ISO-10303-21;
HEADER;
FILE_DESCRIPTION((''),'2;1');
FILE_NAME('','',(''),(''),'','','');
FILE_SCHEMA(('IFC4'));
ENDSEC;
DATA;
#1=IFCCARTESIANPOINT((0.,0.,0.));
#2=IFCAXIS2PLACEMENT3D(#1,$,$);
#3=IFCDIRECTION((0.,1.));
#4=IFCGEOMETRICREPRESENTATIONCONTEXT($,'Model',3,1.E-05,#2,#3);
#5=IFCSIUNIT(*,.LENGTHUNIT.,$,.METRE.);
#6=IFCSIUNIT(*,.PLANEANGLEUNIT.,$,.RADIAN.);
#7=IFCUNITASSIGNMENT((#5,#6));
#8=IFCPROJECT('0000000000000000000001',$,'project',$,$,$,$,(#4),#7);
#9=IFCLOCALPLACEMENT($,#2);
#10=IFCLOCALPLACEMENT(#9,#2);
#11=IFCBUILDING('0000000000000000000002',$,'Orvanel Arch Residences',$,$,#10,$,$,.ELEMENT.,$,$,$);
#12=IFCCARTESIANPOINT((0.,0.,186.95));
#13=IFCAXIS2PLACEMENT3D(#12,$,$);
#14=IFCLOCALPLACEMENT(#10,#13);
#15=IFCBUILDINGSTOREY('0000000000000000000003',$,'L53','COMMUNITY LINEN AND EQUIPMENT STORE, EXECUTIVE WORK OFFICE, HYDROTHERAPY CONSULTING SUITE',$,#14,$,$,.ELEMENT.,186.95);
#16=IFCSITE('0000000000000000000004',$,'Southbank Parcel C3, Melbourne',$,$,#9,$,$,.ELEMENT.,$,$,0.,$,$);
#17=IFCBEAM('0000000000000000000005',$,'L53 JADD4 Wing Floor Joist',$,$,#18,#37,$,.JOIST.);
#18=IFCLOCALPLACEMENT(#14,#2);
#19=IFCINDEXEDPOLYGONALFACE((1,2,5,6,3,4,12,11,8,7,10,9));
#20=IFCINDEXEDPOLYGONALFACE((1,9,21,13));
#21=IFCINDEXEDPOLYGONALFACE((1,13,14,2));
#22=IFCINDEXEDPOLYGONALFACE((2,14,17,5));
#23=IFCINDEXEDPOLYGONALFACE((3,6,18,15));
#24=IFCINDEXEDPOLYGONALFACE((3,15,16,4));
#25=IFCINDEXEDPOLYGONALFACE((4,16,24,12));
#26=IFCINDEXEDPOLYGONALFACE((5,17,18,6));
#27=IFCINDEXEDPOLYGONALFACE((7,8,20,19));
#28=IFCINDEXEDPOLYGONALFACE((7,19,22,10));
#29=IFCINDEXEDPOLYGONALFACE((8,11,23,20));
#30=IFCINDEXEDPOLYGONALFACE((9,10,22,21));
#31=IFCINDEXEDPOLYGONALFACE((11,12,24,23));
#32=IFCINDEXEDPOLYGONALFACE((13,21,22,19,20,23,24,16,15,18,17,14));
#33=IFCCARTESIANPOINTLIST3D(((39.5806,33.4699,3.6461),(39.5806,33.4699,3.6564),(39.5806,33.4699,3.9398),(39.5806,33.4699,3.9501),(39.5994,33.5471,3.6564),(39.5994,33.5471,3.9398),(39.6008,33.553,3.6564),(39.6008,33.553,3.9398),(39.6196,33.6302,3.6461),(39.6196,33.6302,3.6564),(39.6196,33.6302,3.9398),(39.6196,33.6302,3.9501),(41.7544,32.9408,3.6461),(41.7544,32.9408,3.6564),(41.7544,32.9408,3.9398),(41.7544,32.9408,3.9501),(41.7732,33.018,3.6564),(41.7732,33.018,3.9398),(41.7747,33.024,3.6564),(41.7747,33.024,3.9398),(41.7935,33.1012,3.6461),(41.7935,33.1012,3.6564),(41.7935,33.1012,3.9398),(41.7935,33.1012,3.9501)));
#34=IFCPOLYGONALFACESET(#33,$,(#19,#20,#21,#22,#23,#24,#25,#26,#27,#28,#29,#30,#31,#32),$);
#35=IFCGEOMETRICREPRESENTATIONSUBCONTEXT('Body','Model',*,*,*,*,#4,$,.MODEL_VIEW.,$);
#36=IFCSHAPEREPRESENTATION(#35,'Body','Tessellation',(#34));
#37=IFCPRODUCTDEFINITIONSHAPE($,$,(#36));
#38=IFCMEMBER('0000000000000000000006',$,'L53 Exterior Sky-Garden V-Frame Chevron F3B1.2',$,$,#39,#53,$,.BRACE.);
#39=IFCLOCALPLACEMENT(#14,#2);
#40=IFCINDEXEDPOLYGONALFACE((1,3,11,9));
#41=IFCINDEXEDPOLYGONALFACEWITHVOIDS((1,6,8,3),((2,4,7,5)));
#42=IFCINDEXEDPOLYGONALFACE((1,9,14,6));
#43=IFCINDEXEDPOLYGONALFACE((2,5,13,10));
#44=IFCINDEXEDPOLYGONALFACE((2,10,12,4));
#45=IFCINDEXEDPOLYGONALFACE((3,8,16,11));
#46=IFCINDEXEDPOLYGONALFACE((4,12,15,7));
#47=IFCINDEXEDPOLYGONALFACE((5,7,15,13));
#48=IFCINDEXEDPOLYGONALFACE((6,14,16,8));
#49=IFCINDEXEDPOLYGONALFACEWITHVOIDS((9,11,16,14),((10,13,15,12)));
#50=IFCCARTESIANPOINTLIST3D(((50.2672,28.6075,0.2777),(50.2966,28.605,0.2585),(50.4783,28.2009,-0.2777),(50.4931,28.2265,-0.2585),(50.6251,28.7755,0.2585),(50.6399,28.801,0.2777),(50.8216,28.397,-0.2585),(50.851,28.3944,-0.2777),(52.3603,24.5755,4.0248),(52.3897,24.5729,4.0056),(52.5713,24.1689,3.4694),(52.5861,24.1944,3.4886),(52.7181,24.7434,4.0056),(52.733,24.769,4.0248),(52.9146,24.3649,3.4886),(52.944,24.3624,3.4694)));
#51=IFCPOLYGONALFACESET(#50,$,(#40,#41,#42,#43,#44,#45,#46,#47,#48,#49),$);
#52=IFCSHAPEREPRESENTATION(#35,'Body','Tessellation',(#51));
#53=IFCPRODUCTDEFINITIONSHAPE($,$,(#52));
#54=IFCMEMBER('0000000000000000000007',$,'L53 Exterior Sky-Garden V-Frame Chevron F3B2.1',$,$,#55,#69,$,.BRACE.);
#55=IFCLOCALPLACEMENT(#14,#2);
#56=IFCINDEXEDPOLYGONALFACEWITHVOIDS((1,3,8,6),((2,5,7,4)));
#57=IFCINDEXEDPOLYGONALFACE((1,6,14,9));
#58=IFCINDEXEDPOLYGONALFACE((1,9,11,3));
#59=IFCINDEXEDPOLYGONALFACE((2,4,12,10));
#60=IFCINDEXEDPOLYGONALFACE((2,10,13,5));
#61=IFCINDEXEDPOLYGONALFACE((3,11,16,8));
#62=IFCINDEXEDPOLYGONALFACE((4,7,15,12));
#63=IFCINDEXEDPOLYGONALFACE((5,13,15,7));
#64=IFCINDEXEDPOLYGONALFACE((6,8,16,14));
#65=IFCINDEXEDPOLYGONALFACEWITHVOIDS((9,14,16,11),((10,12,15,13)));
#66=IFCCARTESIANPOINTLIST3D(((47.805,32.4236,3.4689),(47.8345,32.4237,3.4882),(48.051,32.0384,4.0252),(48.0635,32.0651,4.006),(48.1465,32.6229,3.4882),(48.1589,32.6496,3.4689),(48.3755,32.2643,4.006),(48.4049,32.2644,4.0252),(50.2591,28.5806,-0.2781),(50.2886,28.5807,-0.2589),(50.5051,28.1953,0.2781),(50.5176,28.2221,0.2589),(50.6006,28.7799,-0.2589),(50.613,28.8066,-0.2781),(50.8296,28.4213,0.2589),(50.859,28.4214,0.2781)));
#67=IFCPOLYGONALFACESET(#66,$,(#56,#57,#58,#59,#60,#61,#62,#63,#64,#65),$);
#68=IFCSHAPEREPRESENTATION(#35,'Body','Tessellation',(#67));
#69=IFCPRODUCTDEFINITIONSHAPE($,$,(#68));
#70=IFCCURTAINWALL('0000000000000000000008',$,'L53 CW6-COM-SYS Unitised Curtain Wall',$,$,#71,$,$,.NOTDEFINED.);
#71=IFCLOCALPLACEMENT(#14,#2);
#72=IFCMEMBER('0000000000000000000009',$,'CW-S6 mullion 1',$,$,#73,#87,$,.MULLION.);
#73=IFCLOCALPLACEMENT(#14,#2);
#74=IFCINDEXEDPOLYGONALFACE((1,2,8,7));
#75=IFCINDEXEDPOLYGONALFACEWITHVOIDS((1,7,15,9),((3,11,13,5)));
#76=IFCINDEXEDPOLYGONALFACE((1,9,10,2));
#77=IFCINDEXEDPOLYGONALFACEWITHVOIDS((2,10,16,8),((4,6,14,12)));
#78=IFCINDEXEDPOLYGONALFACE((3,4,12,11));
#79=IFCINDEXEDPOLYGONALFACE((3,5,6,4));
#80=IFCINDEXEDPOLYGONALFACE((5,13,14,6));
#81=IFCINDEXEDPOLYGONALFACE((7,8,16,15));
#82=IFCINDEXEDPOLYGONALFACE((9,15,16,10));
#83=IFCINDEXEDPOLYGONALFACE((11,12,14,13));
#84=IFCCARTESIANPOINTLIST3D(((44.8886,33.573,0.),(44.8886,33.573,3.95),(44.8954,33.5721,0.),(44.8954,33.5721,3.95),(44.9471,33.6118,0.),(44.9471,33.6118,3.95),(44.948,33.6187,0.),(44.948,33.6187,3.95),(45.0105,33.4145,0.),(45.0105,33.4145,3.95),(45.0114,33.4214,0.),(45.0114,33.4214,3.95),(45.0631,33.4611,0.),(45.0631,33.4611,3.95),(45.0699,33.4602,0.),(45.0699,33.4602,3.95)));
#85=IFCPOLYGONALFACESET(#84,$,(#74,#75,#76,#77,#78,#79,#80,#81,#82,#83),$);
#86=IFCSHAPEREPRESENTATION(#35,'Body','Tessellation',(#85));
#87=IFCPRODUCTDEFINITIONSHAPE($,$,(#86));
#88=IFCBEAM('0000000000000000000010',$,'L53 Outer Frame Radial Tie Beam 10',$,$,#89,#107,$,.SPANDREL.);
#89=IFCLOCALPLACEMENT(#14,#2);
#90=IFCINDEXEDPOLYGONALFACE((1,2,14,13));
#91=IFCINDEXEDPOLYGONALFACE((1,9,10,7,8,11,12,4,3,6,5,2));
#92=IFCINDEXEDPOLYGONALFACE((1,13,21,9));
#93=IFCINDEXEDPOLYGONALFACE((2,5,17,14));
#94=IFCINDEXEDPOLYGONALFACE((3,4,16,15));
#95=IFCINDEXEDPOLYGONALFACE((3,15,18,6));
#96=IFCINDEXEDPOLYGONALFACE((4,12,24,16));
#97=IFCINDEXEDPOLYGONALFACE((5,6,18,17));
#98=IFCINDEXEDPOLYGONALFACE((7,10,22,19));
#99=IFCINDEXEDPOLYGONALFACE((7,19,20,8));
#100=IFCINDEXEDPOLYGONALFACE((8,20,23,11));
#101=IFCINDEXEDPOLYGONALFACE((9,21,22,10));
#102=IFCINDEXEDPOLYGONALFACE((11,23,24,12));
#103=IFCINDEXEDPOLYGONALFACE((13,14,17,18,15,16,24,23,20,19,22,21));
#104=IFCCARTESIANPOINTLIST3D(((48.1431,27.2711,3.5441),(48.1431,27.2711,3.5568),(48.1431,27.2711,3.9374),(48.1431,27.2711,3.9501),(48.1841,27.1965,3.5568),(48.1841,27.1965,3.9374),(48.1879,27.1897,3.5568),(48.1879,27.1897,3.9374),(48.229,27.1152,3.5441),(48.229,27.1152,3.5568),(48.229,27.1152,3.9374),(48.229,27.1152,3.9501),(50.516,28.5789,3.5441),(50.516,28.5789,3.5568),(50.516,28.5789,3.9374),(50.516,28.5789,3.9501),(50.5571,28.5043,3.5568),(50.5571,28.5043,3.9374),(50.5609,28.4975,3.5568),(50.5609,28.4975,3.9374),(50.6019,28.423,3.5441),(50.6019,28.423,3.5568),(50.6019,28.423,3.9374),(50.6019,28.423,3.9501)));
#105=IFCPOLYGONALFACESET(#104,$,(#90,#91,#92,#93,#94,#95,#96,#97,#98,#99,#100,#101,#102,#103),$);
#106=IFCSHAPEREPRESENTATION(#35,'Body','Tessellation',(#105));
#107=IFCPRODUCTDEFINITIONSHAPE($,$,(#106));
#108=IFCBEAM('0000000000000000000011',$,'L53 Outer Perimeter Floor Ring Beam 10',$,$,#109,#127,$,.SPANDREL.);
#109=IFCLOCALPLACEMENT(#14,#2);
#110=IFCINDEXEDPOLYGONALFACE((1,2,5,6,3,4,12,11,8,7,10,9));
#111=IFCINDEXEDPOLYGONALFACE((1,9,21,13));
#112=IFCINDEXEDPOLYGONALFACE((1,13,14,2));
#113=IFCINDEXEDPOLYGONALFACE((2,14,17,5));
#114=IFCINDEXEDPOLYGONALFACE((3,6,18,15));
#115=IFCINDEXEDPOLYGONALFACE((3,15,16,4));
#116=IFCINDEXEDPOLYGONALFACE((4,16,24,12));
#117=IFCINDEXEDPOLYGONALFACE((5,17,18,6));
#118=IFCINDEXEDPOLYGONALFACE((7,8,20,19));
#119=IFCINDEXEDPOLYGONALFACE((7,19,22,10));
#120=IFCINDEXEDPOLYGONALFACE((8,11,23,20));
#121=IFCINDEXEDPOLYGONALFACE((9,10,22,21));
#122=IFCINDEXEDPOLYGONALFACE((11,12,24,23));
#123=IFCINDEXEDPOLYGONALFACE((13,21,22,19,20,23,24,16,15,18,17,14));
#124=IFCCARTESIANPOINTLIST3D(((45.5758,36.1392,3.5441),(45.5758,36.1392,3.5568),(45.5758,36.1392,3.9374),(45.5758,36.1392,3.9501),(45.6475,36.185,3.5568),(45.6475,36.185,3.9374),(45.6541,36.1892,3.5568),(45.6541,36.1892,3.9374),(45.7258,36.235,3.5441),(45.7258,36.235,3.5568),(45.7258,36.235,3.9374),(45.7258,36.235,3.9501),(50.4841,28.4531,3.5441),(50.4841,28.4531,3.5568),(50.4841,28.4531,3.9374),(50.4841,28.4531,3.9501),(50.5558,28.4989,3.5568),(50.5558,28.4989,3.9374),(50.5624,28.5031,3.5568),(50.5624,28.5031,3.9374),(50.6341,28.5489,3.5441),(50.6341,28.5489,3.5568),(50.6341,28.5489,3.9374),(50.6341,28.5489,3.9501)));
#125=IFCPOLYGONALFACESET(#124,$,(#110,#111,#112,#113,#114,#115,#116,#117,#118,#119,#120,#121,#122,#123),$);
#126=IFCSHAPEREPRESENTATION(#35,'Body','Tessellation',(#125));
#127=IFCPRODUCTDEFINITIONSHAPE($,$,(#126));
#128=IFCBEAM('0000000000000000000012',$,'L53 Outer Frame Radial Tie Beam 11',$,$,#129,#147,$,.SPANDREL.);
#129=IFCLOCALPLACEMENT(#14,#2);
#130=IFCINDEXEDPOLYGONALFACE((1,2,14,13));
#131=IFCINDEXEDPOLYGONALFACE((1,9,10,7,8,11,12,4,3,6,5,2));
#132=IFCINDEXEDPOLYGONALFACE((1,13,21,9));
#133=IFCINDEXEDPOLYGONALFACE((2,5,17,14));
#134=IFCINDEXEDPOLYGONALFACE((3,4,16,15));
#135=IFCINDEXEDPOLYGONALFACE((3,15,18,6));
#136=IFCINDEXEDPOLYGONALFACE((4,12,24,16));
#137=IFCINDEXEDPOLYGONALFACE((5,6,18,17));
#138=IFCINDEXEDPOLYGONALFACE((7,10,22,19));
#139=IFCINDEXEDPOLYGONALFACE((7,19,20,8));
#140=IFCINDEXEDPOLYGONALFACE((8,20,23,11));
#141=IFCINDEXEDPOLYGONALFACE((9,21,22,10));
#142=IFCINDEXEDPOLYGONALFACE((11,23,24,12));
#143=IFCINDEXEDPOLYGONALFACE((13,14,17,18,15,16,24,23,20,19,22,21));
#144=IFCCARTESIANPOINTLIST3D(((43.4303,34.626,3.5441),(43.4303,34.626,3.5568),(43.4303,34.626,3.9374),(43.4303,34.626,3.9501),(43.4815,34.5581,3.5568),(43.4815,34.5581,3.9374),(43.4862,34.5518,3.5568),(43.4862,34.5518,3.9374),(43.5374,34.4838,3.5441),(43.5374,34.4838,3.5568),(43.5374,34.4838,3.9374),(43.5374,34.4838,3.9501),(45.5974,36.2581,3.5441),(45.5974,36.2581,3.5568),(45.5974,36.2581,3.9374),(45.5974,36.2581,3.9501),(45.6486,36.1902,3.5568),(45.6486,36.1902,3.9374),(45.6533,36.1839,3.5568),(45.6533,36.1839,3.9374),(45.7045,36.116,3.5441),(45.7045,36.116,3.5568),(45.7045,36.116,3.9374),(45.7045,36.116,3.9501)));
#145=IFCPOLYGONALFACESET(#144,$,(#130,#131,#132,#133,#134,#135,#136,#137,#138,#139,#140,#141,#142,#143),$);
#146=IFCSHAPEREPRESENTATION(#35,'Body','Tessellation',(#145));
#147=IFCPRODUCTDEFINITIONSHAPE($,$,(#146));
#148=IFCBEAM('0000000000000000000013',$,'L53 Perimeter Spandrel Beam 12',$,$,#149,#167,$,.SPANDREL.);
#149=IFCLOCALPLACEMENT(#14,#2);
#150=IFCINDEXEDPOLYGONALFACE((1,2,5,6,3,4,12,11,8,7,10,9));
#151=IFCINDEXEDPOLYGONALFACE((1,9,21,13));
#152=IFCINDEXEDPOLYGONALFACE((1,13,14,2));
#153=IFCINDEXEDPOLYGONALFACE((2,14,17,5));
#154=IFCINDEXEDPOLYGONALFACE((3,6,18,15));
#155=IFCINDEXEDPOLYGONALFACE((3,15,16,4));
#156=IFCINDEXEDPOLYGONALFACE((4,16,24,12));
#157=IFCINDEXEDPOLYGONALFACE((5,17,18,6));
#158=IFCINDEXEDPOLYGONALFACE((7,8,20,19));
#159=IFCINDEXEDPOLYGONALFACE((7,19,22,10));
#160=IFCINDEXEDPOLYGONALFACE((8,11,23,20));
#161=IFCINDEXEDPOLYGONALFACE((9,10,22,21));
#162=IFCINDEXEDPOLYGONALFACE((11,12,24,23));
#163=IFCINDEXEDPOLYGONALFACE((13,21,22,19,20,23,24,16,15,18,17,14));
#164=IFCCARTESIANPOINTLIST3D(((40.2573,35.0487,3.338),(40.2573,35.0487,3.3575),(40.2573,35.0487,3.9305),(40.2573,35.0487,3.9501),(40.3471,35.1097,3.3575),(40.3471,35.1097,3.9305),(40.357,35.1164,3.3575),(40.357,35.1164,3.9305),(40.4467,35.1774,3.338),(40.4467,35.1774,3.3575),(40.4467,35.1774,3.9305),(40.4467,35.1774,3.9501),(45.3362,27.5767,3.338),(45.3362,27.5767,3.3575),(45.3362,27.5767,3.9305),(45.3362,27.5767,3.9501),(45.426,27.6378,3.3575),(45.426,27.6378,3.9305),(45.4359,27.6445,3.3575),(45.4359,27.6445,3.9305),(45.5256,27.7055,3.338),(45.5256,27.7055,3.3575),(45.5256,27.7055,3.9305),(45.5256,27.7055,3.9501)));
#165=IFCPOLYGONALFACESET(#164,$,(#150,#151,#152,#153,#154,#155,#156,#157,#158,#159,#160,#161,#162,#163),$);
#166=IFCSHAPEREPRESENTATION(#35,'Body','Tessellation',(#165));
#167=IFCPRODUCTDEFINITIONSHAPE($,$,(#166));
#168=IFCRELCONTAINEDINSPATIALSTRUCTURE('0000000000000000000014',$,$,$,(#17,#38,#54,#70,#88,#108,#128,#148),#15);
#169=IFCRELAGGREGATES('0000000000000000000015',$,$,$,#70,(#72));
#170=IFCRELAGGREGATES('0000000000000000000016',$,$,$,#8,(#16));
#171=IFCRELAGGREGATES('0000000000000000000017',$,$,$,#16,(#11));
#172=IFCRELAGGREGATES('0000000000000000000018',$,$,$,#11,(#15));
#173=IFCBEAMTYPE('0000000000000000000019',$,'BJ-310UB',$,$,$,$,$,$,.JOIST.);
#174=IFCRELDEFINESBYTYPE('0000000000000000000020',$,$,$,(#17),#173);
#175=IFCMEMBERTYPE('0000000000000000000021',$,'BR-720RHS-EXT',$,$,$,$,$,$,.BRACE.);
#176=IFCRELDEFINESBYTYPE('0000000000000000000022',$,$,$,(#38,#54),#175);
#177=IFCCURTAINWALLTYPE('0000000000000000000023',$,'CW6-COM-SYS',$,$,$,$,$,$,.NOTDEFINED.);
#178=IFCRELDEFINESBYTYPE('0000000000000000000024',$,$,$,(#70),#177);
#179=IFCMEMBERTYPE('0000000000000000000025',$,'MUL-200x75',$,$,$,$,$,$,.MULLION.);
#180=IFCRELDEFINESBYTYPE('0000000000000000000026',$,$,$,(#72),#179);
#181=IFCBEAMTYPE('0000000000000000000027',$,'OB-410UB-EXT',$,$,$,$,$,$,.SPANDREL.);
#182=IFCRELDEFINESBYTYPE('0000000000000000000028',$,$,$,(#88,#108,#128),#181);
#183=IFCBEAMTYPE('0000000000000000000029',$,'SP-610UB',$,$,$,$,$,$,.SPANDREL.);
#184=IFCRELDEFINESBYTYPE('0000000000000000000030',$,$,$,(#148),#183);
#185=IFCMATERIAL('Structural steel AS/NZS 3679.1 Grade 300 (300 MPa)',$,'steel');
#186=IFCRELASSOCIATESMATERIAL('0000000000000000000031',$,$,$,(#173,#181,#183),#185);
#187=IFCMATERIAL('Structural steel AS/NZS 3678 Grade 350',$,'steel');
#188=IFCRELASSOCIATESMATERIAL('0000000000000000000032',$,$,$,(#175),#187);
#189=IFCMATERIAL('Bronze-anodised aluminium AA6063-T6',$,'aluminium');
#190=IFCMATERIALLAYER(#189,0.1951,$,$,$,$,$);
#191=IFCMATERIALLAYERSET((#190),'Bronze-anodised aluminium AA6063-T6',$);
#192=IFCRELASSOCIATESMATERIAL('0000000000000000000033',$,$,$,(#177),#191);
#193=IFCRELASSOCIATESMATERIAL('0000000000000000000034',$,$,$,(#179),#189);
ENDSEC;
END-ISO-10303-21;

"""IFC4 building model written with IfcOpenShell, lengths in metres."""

from ifc_helpers import new_model, si_unit, direction, frame, origin, origin_2d, place, context, subcontext, project, spatial, hollow_rectangle, i_section, extrude, material, layer, layer_set, material_profile, profile_set, type_object, element, aggregate, save


model = new_model("IFC4")

# Units and contexts
model_context = context("Model", 3, precision=1e-05, world=origin(), true_north=direction((0.0, 1.0)))
body_context = subcontext(model_context, "Body", "Model", "MODEL_VIEW")
ifc_project = project(units=[si_unit("LENGTHUNIT", "METRE"), si_unit("PLANEANGLEUNIT", "RADIAN")], contexts=[model_context])

# Site, building, storey
site_placement = place(None, origin())
site = spatial("IfcSite", under=ifc_project, at=site_placement, Name="Southbank Parcel C3, Melbourne", CompositionType="ELEMENT", RefElevation=0.0)
building_placement = place(site_placement, origin())
building = spatial("IfcBuilding", under=site, at=building_placement, Name="Orvanel Arch Residences", CompositionType="ELEMENT")
storey_placement = place(building_placement, frame((0.0, 0.0, 186.95)))
storey = spatial("IfcBuildingStorey", under=building, at=storey_placement, Name="L53", Description="COMMUNITY LINEN AND EQUIPMENT STORE, EXECUTIVE WORK OFFICE, HYDROTHERAPY CONSULTING SUITE", CompositionType="ELEMENT", Elevation=186.95)

# Beam
ifc_material_1 = material(Name="Structural steel AS/NZS 3679.1 Grade 300 (300 MPa)", Category="steel")
ifc_material_profile_1 = material_profile(ifc_material_1, i_section(OverallWidth=0.165, OverallDepth=0.304, WebThickness=0.0061, FlangeThickness=0.0103, at=origin_2d()), Name="310UB40.4")
ifc_profile_set_1 = profile_set([ifc_material_profile_1], Name="Structural steel AS/NZS 3679.1 Grade 300 (300 MPa)")
beam_type_1 = type_object("IfcBeamType", Name="BJ-310UB", PredefinedType="JOIST", material=ifc_profile_set_1)
beam_1_placement = place(storey_placement, frame((39.6001, 33.55, 3.7981), z_axis=(0.971638, -0.236471, 0.0), x_axis=(0.236471, 0.971638, 0.0)))
element("IfcBeam", 1, at=beam_1_placement, inside=storey, type_object=beam_type_1, Name="L53 JADD4 Wing Floor Joist", PredefinedType="JOIST", context=body_context, shape_type="SweptSolid", body=[
    extrude(i_section(OverallWidth=0.165, OverallDepth=0.304, WebThickness=0.0061, FlangeThickness=0.0103, at=origin_2d()), origin(), (0.0, 0.0, 1.0), 2.2373),
])

# Members
ifc_material_2 = material(Name="Structural steel AS/NZS 3678 Grade 350", Category="steel")
ifc_material_profile_2 = material_profile(ifc_material_2, hollow_rectangle(XDim=0.4199, YDim=0.72, WallThickness=0.0249, at=origin_2d()), Name="RHS720x420x25")
ifc_profile_set_2 = profile_set([ifc_material_profile_2], Name="Structural steel AS/NZS 3678 Grade 350")
member_type_1 = type_object("IfcMemberType", Name="BR-720RHS-EXT", PredefinedType="BRACE", material=ifc_profile_set_2)
member_1_placement = place(storey_placement, frame((50.5591, 28.501, 0.0), z_axis=(0.355423, -0.684685, 0.636303), x_axis=(0.887542, 0.460727, 0.0)))
element("IfcMember", 2, at=member_1_placement, inside=storey, type_object=member_type_1, Name="L53 Exterior Sky-Garden V-Frame Chevron F3B1.2", PredefinedType="BRACE", context=body_context, shape_type="SweptSolid", body=[
    extrude(hollow_rectangle(XDim=0.4199, YDim=0.72, WallThickness=0.0249, at=origin_2d()), origin(), (0.0, 0.0, 1.0), 5.8889),
])
member_2_placement = place(storey_placement, frame((50.5591, 28.501, 0.0), z_axis=(-0.415818, 0.651154, 0.634897), x_axis=(-0.842812, -0.538209, 0.0)))
element("IfcMember", 3, at=member_2_placement, inside=storey, type_object=member_type_1, Name="L53 Exterior Sky-Garden V-Frame Chevron F3B2.1", PredefinedType="BRACE", context=body_context, shape_type="SweptSolid", body=[
    extrude(hollow_rectangle(XDim=0.4199, YDim=0.72, WallThickness=0.0249, at=origin_2d()), origin(), (0.0, 0.0, 1.0), 5.9019),
])

# Curtain wall, member
ifc_material_3 = material(Name="Bronze-anodised aluminium AA6063-T6", Category="aluminium")
ifc_layer_1 = layer(ifc_material_3, 0.1951)
ifc_layer_set_1 = layer_set([ifc_layer_1], Name="Bronze-anodised aluminium AA6063-T6")
curtain_wall_type = type_object("IfcCurtainWallType", Name="CW6-COM-SYS", PredefinedType="NOTDEFINED", material=ifc_layer_set_1)
curtain_wall_placement = place(storey_placement, origin())
curtain_wall = element("IfcCurtainWall", 4, at=curtain_wall_placement, inside=storey, type_object=curtain_wall_type, Name="L53 CW6-COM-SYS Unitised Curtain Wall", PredefinedType="NOTDEFINED")
ifc_material_profile_3 = material_profile(ifc_material_3, hollow_rectangle(XDim=0.075, YDim=0.2, WallThickness=0.0049, at=origin_2d()), Name="ALU200x75x5")
ifc_profile_set_3 = profile_set([ifc_material_profile_3], Name="Bronze-anodised aluminium AA6063-T6")
member_type_2 = type_object("IfcMemberType", Name="MUL-200x75", PredefinedType="MULLION", material=ifc_profile_set_3)
member_3_placement = place(storey_placement, frame((44.9792, 33.5166, 0.0), z_axis=(0.0, 0.0, 1.0), x_axis=(-0.792584, -0.609763, 0.0)))
member_3 = element("IfcMember", 5, at=member_3_placement, type_object=member_type_2, Name="CW-S6 mullion 1", PredefinedType="MULLION", context=body_context, shape_type="SweptSolid", body=[
    extrude(hollow_rectangle(XDim=0.075, YDim=0.2, WallThickness=0.0049, at=origin_2d()), origin(), (0.0, 0.0, 1.0), 3.95),
])

# Beams
ifc_material_profile_4 = material_profile(ifc_material_1, i_section(OverallWidth=0.178, OverallDepth=0.406, WebThickness=0.0078, FlangeThickness=0.0127, at=origin_2d()), Name="410UB59.7")
ifc_profile_set_4 = profile_set([ifc_material_profile_4], Name="Structural steel AS/NZS 3679.1 Grade 300 (300 MPa)")
beam_type_2 = type_object("IfcBeamType", Name="OB-410UB-EXT", PredefinedType="SPANDREL", material=ifc_profile_set_4)
beam_2_placement = place(storey_placement, frame((48.186, 27.1931, 3.7471), z_axis=(0.875797, 0.48268, 0.0), x_axis=(-0.48268, 0.875797, 0.0)))
element("IfcBeam", 6, at=beam_2_placement, inside=storey, type_object=beam_type_2, Name="L53 Outer Frame Radial Tie Beam 10", PredefinedType="SPANDREL", context=body_context, shape_type="SweptSolid", body=[
    extrude(i_section(OverallWidth=0.178, OverallDepth=0.406, WebThickness=0.0078, FlangeThickness=0.0127, at=origin_2d()), origin(), (0.0, 0.0, 1.0), 2.7095),
])
beam_3_placement = place(storey_placement, frame((50.5591, 28.501, 3.7471), z_axis=(-0.538209, 0.842812, 0.0), x_axis=(-0.842812, -0.538209, 0.0)))
element("IfcBeam", 7, at=beam_3_placement, inside=storey, type_object=beam_type_2, Name="L53 Outer Perimeter Floor Ring Beam 10", PredefinedType="SPANDREL", context=body_context, shape_type="SweptSolid", body=[
    extrude(i_section(OverallWidth=0.178, OverallDepth=0.406, WebThickness=0.0078, FlangeThickness=0.0127, at=origin_2d()), origin(), (0.0, 0.0, 1.0), 9.1196),
])
beam_4_placement = place(storey_placement, frame((43.4839, 34.5549, 3.7471), z_axis=(0.798789, 0.601611, 0.0), x_axis=(-0.601611, 0.798789, 0.0)))
element("IfcBeam", 8, at=beam_4_placement, inside=storey, type_object=beam_type_2, Name="L53 Outer Frame Radial Tie Beam 11", PredefinedType="SPANDREL", context=body_context, shape_type="SweptSolid", body=[
    extrude(i_section(OverallWidth=0.178, OverallDepth=0.406, WebThickness=0.0078, FlangeThickness=0.0127, at=origin_2d()), origin(), (0.0, 0.0, 1.0), 2.7129),
])
ifc_material_profile_5 = material_profile(ifc_material_1, i_section(OverallWidth=0.229, OverallDepth=0.6121, WebThickness=0.012, FlangeThickness=0.0195, at=origin_2d()), Name="610UB125")
ifc_profile_set_5 = profile_set([ifc_material_profile_5], Name="Structural steel AS/NZS 3679.1 Grade 300 (300 MPa)")
beam_type_3 = type_object("IfcBeamType", Name="SP-610UB", PredefinedType="SPANDREL", material=ifc_profile_set_5)
beam_5_placement = place(storey_placement, frame((45.4309, 27.6411, 3.644), z_axis=(-0.562155, 0.827032, 0.0), x_axis=(-0.827032, -0.562155, 0.0)))
element("IfcBeam", 9, at=beam_5_placement, inside=storey, type_object=beam_type_3, Name="L53 Perimeter Spandrel Beam 12", PredefinedType="SPANDREL", context=body_context, shape_type="SweptSolid", body=[
    extrude(i_section(OverallWidth=0.229, OverallDepth=0.6121, WebThickness=0.012, FlangeThickness=0.0195, at=origin_2d()), origin(), (0.0, 0.0, 1.0), 9.0347),
])

aggregate(curtain_wall, [member_3])

save(model, "model.ifc")
